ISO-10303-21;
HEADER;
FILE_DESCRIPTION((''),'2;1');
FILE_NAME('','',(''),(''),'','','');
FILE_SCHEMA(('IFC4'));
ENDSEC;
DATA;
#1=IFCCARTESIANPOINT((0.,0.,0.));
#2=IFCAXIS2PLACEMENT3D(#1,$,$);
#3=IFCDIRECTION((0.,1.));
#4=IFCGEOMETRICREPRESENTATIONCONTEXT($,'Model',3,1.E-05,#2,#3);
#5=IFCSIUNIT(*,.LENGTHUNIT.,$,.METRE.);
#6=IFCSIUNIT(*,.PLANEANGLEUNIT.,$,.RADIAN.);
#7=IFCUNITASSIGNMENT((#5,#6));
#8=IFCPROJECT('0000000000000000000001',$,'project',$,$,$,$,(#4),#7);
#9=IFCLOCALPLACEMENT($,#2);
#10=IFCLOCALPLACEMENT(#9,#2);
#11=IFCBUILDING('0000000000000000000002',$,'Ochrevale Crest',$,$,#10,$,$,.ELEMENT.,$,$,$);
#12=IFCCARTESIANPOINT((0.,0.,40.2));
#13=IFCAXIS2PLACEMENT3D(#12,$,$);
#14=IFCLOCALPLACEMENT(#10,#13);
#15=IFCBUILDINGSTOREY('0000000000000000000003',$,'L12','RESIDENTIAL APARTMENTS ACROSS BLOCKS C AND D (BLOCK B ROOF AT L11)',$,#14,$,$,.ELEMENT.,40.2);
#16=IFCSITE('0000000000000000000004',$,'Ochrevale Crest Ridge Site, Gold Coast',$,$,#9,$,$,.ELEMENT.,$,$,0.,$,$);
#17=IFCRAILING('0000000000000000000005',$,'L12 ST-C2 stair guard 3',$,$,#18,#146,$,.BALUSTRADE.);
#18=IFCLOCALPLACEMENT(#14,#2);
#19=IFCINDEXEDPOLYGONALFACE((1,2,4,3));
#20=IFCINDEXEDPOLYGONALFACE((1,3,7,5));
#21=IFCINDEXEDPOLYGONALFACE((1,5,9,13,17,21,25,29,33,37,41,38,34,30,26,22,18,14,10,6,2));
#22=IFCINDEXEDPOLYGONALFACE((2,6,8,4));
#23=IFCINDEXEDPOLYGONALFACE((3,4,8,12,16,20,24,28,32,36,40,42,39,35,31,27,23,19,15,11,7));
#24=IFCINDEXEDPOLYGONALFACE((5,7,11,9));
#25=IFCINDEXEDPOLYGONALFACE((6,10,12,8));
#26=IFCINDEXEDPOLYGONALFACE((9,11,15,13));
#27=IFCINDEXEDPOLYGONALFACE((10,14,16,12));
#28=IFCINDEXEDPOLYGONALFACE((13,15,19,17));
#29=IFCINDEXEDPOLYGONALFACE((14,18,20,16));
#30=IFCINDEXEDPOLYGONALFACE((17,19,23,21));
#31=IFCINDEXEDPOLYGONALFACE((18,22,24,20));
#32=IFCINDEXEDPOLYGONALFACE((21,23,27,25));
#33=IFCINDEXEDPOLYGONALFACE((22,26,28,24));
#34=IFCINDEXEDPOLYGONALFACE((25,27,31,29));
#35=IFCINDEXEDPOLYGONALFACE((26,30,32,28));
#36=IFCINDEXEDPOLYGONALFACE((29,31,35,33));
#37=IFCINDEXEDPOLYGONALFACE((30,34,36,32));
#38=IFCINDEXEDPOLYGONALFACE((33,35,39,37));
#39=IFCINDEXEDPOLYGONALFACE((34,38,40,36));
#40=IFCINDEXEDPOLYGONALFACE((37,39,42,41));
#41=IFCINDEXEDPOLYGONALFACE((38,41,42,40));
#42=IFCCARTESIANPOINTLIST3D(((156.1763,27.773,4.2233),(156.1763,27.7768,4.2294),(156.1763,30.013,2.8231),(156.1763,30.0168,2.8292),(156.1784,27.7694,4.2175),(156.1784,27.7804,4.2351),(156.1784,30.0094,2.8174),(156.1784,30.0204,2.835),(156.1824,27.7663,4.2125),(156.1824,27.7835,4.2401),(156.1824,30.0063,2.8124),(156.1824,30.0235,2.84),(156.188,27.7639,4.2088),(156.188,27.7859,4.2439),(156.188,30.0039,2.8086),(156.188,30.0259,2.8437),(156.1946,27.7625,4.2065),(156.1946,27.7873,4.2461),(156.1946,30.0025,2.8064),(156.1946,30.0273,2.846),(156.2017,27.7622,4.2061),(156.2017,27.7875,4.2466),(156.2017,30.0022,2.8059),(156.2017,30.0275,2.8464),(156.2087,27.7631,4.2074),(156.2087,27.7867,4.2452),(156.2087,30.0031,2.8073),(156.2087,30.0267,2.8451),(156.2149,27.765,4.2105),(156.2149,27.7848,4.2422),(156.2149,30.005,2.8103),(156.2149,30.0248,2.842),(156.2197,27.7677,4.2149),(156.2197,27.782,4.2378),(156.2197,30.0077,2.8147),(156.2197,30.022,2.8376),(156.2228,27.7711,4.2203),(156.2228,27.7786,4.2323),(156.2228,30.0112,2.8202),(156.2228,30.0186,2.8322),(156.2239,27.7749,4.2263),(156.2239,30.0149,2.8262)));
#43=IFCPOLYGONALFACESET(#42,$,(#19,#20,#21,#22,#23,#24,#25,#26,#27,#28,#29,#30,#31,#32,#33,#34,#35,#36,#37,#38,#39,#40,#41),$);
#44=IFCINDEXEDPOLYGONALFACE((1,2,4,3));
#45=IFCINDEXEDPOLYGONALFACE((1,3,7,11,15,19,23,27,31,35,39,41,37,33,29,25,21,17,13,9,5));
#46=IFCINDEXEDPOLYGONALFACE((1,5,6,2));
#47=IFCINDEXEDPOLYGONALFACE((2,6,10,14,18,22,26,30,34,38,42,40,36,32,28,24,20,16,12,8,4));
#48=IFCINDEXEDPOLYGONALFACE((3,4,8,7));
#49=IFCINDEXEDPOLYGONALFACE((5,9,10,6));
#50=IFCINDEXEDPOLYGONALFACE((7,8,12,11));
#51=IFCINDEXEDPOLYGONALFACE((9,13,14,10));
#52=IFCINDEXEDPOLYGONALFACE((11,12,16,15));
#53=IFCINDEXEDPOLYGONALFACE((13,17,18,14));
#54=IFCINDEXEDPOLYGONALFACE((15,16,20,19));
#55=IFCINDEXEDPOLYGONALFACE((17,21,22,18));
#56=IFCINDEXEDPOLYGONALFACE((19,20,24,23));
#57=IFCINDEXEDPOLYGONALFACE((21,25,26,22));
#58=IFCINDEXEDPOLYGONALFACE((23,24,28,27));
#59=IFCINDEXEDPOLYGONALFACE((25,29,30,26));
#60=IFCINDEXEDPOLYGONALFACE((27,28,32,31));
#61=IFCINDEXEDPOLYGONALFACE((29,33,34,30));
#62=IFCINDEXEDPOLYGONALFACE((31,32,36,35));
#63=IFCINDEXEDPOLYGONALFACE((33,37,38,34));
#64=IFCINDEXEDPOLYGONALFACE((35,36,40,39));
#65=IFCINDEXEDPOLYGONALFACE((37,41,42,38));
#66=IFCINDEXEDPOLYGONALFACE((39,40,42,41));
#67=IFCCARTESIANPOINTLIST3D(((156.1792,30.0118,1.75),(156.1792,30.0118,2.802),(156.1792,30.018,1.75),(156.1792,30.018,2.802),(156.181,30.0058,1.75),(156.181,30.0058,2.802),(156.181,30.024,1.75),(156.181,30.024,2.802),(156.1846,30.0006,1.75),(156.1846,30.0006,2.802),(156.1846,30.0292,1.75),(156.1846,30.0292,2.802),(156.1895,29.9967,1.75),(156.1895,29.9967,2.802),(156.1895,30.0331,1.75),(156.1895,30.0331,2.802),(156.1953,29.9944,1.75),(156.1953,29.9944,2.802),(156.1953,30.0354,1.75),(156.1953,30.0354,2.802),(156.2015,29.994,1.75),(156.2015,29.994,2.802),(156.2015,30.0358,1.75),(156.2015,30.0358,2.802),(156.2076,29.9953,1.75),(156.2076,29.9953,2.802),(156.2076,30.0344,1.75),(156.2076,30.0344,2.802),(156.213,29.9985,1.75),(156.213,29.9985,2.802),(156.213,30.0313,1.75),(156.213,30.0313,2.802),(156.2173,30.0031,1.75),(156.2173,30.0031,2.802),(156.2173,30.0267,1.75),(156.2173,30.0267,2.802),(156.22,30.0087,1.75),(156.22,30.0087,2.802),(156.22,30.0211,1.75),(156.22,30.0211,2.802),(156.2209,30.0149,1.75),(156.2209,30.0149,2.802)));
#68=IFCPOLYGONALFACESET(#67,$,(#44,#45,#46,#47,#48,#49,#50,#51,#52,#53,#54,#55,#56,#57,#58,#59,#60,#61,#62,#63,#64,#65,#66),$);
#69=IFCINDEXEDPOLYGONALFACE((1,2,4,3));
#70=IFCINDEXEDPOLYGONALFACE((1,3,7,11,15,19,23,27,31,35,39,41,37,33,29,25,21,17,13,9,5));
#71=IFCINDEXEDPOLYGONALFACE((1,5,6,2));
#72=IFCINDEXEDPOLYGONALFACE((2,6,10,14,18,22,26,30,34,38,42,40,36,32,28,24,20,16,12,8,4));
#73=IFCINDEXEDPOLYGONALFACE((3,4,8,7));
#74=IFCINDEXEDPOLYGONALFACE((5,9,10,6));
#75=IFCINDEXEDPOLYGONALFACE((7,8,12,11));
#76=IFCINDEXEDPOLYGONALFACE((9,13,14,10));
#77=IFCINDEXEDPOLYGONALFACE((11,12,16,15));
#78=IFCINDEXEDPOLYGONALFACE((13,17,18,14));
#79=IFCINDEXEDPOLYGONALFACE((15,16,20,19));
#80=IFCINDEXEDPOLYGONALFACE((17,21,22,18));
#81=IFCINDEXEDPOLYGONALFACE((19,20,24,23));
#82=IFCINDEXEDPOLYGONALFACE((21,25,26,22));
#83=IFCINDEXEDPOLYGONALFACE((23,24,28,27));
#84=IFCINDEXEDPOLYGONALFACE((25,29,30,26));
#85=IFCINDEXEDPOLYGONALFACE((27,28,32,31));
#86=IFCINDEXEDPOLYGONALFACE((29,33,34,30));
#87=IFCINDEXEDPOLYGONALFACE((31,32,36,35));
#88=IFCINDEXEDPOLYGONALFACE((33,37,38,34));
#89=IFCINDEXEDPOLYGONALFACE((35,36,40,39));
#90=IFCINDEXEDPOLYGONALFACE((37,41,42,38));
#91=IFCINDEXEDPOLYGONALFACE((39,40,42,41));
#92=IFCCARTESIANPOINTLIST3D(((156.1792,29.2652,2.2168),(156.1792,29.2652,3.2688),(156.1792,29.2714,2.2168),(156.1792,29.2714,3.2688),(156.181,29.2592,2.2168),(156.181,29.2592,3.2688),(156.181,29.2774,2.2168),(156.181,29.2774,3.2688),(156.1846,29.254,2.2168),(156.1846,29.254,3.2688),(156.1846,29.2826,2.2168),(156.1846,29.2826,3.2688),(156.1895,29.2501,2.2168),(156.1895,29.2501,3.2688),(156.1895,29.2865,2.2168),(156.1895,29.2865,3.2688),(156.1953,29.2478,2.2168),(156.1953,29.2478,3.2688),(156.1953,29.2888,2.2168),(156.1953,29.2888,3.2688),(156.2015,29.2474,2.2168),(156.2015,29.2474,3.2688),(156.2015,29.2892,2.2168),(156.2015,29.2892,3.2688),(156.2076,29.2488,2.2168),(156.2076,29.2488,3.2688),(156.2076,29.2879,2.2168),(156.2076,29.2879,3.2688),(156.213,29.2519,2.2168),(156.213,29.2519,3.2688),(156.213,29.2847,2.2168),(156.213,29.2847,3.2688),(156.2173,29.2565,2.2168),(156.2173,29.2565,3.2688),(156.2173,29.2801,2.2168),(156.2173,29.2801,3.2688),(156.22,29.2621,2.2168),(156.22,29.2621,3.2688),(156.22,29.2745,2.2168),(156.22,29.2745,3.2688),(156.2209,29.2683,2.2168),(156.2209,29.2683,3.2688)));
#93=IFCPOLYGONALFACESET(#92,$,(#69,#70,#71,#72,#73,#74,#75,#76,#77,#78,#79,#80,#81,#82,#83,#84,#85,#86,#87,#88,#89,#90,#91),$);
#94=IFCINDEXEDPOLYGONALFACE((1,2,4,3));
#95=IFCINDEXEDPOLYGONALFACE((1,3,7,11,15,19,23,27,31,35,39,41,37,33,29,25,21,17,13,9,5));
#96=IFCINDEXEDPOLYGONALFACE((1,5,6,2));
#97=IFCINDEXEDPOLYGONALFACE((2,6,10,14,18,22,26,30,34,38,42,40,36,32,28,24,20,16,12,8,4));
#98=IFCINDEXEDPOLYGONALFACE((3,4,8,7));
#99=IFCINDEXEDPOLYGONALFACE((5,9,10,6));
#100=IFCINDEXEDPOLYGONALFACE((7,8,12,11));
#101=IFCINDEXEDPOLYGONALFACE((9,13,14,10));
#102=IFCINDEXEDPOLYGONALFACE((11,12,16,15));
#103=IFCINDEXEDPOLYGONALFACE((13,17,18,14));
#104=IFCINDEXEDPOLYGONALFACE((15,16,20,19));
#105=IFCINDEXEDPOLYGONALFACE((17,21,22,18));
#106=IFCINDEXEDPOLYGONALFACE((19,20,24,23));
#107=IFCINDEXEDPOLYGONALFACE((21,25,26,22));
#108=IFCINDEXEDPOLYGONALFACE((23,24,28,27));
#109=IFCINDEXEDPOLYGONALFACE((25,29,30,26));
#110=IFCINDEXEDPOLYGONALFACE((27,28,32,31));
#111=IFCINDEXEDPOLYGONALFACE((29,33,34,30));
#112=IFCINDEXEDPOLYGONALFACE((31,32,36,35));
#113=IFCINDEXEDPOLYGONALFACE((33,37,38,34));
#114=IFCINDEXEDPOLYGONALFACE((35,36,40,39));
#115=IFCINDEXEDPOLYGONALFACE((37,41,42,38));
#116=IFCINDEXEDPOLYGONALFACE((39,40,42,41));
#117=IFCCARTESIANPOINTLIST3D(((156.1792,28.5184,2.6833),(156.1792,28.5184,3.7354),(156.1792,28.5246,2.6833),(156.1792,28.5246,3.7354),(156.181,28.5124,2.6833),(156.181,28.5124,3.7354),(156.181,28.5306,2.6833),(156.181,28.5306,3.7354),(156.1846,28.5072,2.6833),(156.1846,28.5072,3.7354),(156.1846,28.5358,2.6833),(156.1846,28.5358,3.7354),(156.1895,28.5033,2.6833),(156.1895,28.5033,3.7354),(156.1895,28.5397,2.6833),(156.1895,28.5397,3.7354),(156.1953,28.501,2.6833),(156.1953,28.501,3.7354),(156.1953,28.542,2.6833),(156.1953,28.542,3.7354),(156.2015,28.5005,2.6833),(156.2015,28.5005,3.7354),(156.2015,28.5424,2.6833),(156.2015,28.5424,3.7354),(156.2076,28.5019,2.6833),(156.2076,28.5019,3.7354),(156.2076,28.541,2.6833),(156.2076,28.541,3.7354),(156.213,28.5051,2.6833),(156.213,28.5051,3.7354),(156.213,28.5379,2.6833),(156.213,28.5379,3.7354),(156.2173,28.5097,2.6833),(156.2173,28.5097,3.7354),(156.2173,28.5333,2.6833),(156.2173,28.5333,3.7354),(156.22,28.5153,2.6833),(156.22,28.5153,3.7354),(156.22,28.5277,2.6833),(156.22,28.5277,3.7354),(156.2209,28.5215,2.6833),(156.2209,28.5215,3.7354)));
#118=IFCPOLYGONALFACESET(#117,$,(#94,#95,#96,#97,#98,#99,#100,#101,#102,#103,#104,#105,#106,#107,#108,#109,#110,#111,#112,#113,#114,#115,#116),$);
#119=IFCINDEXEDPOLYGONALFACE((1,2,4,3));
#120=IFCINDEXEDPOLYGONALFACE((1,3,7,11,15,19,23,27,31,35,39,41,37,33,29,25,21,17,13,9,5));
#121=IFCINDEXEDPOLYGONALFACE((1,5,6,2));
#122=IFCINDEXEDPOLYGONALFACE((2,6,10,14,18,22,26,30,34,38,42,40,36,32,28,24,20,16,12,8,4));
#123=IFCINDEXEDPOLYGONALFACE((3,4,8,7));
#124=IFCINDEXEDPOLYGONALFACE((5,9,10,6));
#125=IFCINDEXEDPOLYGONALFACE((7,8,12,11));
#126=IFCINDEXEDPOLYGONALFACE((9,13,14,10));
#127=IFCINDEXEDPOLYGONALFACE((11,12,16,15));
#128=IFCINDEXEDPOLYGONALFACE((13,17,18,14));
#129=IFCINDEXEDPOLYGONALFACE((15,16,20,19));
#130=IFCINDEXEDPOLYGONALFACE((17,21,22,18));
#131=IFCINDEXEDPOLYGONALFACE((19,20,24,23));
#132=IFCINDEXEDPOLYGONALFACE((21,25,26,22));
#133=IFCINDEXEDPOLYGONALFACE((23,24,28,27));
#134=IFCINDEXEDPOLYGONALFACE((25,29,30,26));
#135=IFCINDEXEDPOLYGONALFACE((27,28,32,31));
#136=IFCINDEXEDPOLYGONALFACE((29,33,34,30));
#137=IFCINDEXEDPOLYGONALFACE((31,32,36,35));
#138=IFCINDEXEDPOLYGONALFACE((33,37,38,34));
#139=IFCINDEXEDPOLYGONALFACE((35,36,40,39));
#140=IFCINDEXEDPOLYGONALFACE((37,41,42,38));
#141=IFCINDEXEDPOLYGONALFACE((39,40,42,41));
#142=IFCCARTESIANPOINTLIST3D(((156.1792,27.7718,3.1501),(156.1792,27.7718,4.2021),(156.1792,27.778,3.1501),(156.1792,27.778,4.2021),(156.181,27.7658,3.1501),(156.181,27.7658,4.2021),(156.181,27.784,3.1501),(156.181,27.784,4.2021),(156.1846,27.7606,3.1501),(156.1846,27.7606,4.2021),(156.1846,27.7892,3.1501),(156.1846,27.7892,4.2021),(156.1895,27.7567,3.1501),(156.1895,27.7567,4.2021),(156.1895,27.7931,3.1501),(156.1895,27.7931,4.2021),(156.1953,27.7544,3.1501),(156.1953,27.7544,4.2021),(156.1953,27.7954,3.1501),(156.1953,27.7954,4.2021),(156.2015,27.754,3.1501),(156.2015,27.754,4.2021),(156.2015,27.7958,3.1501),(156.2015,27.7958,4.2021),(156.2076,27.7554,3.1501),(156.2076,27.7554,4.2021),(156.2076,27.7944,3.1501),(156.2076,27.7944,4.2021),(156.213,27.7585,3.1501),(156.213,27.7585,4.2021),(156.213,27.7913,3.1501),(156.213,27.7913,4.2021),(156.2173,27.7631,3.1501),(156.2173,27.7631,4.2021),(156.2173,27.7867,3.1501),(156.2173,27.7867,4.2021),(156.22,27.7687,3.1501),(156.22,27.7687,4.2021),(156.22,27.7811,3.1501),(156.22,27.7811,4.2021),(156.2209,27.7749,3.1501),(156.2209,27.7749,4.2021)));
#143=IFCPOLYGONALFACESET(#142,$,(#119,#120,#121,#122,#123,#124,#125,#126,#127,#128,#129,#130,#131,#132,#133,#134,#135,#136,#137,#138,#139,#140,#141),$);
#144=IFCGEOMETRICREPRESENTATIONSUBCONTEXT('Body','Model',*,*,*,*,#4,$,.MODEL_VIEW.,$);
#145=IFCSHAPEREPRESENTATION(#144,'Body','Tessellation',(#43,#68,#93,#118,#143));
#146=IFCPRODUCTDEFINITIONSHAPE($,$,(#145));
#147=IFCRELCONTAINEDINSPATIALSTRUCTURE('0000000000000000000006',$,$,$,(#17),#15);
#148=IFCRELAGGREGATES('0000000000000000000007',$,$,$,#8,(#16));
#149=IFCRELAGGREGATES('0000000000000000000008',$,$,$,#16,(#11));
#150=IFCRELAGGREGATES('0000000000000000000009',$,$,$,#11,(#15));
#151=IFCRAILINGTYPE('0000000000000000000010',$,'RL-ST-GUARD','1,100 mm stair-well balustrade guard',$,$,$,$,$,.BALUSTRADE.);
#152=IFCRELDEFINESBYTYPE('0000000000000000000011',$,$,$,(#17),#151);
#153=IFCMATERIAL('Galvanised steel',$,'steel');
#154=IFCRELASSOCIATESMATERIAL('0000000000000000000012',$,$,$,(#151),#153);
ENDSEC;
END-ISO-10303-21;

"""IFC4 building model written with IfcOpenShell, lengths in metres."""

from ifc_helpers import new_model, si_unit, direction, frame, origin, origin_2d, place, context, subcontext, project, spatial, circle, extrude, material, type_object, element, save


model = new_model("IFC4")

# Units and contexts
model_context = context("Model", 3, precision=1e-05, world=origin(), true_north=direction((0.0, 1.0)))
body_context = subcontext(model_context, "Body", "Model", "MODEL_VIEW")
ifc_project = project(units=[si_unit("LENGTHUNIT", "METRE"), si_unit("PLANEANGLEUNIT", "RADIAN")], contexts=[model_context])

# Site, building, storey
site_placement = place(None, origin())
site = spatial("IfcSite", under=ifc_project, at=site_placement, Name="Ochrevale Crest Ridge Site, Gold Coast", CompositionType="ELEMENT", RefElevation=0.0)
building_placement = place(site_placement, origin())
building = spatial("IfcBuilding", under=site, at=building_placement, Name="Ochrevale Crest", CompositionType="ELEMENT")
storey_placement = place(building_placement, frame((0.0, 0.0, 40.2)))
storey = spatial("IfcBuildingStorey", under=building, at=storey_placement, Name="L12", Description="RESIDENTIAL APARTMENTS ACROSS BLOCKS C AND D (BLOCK B ROOF AT L11)", CompositionType="ELEMENT", Elevation=40.2)

# Railing
ifc_material_1 = material(Name="Galvanised steel", Category="steel")
railing_type_1 = type_object("IfcRailingType", Name="RL-ST-GUARD", Description="1,100 mm stair-well balustrade guard", PredefinedType="BALUSTRADE", material=ifc_material_1)
railing_1_placement = place(storey_placement, frame((156.2, 30.0149, 1.75)))
element("IfcRailing", 1, at=railing_1_placement, inside=storey, type_object=railing_type_1, Name="L12 ST-C2 stair guard 3", PredefinedType="BALUSTRADE", context=body_context, shape_type="SweptSolid", body=[
    extrude(circle(Radius=0.0239, at=origin_2d()), frame((0.0, 0.0, 1.0762), z_axis=(0.0, -0.847972, 0.53004), x_axis=(1.0, 0.0, 0.0)), (0.0, 0.0, 1.0), 2.6416),
    extrude(circle(Radius=0.021, at=origin_2d()), origin(), (0.0, 0.0, 1.0), 1.052),
    extrude(circle(Radius=0.021, at=origin_2d()), frame((0.0, -0.7466, 0.4668)), (0.0, 0.0, 1.0), 1.052),
    extrude(circle(Radius=0.021, at=origin_2d()), frame((0.0, -1.4934, 0.9333)), (0.0, 0.0, 1.0), 1.052),
    extrude(circle(Radius=0.021, at=origin_2d()), frame((0.0, -2.24, 1.4001)), (0.0, 0.0, 1.0), 1.052),
])

save(model, "model.ifc")
